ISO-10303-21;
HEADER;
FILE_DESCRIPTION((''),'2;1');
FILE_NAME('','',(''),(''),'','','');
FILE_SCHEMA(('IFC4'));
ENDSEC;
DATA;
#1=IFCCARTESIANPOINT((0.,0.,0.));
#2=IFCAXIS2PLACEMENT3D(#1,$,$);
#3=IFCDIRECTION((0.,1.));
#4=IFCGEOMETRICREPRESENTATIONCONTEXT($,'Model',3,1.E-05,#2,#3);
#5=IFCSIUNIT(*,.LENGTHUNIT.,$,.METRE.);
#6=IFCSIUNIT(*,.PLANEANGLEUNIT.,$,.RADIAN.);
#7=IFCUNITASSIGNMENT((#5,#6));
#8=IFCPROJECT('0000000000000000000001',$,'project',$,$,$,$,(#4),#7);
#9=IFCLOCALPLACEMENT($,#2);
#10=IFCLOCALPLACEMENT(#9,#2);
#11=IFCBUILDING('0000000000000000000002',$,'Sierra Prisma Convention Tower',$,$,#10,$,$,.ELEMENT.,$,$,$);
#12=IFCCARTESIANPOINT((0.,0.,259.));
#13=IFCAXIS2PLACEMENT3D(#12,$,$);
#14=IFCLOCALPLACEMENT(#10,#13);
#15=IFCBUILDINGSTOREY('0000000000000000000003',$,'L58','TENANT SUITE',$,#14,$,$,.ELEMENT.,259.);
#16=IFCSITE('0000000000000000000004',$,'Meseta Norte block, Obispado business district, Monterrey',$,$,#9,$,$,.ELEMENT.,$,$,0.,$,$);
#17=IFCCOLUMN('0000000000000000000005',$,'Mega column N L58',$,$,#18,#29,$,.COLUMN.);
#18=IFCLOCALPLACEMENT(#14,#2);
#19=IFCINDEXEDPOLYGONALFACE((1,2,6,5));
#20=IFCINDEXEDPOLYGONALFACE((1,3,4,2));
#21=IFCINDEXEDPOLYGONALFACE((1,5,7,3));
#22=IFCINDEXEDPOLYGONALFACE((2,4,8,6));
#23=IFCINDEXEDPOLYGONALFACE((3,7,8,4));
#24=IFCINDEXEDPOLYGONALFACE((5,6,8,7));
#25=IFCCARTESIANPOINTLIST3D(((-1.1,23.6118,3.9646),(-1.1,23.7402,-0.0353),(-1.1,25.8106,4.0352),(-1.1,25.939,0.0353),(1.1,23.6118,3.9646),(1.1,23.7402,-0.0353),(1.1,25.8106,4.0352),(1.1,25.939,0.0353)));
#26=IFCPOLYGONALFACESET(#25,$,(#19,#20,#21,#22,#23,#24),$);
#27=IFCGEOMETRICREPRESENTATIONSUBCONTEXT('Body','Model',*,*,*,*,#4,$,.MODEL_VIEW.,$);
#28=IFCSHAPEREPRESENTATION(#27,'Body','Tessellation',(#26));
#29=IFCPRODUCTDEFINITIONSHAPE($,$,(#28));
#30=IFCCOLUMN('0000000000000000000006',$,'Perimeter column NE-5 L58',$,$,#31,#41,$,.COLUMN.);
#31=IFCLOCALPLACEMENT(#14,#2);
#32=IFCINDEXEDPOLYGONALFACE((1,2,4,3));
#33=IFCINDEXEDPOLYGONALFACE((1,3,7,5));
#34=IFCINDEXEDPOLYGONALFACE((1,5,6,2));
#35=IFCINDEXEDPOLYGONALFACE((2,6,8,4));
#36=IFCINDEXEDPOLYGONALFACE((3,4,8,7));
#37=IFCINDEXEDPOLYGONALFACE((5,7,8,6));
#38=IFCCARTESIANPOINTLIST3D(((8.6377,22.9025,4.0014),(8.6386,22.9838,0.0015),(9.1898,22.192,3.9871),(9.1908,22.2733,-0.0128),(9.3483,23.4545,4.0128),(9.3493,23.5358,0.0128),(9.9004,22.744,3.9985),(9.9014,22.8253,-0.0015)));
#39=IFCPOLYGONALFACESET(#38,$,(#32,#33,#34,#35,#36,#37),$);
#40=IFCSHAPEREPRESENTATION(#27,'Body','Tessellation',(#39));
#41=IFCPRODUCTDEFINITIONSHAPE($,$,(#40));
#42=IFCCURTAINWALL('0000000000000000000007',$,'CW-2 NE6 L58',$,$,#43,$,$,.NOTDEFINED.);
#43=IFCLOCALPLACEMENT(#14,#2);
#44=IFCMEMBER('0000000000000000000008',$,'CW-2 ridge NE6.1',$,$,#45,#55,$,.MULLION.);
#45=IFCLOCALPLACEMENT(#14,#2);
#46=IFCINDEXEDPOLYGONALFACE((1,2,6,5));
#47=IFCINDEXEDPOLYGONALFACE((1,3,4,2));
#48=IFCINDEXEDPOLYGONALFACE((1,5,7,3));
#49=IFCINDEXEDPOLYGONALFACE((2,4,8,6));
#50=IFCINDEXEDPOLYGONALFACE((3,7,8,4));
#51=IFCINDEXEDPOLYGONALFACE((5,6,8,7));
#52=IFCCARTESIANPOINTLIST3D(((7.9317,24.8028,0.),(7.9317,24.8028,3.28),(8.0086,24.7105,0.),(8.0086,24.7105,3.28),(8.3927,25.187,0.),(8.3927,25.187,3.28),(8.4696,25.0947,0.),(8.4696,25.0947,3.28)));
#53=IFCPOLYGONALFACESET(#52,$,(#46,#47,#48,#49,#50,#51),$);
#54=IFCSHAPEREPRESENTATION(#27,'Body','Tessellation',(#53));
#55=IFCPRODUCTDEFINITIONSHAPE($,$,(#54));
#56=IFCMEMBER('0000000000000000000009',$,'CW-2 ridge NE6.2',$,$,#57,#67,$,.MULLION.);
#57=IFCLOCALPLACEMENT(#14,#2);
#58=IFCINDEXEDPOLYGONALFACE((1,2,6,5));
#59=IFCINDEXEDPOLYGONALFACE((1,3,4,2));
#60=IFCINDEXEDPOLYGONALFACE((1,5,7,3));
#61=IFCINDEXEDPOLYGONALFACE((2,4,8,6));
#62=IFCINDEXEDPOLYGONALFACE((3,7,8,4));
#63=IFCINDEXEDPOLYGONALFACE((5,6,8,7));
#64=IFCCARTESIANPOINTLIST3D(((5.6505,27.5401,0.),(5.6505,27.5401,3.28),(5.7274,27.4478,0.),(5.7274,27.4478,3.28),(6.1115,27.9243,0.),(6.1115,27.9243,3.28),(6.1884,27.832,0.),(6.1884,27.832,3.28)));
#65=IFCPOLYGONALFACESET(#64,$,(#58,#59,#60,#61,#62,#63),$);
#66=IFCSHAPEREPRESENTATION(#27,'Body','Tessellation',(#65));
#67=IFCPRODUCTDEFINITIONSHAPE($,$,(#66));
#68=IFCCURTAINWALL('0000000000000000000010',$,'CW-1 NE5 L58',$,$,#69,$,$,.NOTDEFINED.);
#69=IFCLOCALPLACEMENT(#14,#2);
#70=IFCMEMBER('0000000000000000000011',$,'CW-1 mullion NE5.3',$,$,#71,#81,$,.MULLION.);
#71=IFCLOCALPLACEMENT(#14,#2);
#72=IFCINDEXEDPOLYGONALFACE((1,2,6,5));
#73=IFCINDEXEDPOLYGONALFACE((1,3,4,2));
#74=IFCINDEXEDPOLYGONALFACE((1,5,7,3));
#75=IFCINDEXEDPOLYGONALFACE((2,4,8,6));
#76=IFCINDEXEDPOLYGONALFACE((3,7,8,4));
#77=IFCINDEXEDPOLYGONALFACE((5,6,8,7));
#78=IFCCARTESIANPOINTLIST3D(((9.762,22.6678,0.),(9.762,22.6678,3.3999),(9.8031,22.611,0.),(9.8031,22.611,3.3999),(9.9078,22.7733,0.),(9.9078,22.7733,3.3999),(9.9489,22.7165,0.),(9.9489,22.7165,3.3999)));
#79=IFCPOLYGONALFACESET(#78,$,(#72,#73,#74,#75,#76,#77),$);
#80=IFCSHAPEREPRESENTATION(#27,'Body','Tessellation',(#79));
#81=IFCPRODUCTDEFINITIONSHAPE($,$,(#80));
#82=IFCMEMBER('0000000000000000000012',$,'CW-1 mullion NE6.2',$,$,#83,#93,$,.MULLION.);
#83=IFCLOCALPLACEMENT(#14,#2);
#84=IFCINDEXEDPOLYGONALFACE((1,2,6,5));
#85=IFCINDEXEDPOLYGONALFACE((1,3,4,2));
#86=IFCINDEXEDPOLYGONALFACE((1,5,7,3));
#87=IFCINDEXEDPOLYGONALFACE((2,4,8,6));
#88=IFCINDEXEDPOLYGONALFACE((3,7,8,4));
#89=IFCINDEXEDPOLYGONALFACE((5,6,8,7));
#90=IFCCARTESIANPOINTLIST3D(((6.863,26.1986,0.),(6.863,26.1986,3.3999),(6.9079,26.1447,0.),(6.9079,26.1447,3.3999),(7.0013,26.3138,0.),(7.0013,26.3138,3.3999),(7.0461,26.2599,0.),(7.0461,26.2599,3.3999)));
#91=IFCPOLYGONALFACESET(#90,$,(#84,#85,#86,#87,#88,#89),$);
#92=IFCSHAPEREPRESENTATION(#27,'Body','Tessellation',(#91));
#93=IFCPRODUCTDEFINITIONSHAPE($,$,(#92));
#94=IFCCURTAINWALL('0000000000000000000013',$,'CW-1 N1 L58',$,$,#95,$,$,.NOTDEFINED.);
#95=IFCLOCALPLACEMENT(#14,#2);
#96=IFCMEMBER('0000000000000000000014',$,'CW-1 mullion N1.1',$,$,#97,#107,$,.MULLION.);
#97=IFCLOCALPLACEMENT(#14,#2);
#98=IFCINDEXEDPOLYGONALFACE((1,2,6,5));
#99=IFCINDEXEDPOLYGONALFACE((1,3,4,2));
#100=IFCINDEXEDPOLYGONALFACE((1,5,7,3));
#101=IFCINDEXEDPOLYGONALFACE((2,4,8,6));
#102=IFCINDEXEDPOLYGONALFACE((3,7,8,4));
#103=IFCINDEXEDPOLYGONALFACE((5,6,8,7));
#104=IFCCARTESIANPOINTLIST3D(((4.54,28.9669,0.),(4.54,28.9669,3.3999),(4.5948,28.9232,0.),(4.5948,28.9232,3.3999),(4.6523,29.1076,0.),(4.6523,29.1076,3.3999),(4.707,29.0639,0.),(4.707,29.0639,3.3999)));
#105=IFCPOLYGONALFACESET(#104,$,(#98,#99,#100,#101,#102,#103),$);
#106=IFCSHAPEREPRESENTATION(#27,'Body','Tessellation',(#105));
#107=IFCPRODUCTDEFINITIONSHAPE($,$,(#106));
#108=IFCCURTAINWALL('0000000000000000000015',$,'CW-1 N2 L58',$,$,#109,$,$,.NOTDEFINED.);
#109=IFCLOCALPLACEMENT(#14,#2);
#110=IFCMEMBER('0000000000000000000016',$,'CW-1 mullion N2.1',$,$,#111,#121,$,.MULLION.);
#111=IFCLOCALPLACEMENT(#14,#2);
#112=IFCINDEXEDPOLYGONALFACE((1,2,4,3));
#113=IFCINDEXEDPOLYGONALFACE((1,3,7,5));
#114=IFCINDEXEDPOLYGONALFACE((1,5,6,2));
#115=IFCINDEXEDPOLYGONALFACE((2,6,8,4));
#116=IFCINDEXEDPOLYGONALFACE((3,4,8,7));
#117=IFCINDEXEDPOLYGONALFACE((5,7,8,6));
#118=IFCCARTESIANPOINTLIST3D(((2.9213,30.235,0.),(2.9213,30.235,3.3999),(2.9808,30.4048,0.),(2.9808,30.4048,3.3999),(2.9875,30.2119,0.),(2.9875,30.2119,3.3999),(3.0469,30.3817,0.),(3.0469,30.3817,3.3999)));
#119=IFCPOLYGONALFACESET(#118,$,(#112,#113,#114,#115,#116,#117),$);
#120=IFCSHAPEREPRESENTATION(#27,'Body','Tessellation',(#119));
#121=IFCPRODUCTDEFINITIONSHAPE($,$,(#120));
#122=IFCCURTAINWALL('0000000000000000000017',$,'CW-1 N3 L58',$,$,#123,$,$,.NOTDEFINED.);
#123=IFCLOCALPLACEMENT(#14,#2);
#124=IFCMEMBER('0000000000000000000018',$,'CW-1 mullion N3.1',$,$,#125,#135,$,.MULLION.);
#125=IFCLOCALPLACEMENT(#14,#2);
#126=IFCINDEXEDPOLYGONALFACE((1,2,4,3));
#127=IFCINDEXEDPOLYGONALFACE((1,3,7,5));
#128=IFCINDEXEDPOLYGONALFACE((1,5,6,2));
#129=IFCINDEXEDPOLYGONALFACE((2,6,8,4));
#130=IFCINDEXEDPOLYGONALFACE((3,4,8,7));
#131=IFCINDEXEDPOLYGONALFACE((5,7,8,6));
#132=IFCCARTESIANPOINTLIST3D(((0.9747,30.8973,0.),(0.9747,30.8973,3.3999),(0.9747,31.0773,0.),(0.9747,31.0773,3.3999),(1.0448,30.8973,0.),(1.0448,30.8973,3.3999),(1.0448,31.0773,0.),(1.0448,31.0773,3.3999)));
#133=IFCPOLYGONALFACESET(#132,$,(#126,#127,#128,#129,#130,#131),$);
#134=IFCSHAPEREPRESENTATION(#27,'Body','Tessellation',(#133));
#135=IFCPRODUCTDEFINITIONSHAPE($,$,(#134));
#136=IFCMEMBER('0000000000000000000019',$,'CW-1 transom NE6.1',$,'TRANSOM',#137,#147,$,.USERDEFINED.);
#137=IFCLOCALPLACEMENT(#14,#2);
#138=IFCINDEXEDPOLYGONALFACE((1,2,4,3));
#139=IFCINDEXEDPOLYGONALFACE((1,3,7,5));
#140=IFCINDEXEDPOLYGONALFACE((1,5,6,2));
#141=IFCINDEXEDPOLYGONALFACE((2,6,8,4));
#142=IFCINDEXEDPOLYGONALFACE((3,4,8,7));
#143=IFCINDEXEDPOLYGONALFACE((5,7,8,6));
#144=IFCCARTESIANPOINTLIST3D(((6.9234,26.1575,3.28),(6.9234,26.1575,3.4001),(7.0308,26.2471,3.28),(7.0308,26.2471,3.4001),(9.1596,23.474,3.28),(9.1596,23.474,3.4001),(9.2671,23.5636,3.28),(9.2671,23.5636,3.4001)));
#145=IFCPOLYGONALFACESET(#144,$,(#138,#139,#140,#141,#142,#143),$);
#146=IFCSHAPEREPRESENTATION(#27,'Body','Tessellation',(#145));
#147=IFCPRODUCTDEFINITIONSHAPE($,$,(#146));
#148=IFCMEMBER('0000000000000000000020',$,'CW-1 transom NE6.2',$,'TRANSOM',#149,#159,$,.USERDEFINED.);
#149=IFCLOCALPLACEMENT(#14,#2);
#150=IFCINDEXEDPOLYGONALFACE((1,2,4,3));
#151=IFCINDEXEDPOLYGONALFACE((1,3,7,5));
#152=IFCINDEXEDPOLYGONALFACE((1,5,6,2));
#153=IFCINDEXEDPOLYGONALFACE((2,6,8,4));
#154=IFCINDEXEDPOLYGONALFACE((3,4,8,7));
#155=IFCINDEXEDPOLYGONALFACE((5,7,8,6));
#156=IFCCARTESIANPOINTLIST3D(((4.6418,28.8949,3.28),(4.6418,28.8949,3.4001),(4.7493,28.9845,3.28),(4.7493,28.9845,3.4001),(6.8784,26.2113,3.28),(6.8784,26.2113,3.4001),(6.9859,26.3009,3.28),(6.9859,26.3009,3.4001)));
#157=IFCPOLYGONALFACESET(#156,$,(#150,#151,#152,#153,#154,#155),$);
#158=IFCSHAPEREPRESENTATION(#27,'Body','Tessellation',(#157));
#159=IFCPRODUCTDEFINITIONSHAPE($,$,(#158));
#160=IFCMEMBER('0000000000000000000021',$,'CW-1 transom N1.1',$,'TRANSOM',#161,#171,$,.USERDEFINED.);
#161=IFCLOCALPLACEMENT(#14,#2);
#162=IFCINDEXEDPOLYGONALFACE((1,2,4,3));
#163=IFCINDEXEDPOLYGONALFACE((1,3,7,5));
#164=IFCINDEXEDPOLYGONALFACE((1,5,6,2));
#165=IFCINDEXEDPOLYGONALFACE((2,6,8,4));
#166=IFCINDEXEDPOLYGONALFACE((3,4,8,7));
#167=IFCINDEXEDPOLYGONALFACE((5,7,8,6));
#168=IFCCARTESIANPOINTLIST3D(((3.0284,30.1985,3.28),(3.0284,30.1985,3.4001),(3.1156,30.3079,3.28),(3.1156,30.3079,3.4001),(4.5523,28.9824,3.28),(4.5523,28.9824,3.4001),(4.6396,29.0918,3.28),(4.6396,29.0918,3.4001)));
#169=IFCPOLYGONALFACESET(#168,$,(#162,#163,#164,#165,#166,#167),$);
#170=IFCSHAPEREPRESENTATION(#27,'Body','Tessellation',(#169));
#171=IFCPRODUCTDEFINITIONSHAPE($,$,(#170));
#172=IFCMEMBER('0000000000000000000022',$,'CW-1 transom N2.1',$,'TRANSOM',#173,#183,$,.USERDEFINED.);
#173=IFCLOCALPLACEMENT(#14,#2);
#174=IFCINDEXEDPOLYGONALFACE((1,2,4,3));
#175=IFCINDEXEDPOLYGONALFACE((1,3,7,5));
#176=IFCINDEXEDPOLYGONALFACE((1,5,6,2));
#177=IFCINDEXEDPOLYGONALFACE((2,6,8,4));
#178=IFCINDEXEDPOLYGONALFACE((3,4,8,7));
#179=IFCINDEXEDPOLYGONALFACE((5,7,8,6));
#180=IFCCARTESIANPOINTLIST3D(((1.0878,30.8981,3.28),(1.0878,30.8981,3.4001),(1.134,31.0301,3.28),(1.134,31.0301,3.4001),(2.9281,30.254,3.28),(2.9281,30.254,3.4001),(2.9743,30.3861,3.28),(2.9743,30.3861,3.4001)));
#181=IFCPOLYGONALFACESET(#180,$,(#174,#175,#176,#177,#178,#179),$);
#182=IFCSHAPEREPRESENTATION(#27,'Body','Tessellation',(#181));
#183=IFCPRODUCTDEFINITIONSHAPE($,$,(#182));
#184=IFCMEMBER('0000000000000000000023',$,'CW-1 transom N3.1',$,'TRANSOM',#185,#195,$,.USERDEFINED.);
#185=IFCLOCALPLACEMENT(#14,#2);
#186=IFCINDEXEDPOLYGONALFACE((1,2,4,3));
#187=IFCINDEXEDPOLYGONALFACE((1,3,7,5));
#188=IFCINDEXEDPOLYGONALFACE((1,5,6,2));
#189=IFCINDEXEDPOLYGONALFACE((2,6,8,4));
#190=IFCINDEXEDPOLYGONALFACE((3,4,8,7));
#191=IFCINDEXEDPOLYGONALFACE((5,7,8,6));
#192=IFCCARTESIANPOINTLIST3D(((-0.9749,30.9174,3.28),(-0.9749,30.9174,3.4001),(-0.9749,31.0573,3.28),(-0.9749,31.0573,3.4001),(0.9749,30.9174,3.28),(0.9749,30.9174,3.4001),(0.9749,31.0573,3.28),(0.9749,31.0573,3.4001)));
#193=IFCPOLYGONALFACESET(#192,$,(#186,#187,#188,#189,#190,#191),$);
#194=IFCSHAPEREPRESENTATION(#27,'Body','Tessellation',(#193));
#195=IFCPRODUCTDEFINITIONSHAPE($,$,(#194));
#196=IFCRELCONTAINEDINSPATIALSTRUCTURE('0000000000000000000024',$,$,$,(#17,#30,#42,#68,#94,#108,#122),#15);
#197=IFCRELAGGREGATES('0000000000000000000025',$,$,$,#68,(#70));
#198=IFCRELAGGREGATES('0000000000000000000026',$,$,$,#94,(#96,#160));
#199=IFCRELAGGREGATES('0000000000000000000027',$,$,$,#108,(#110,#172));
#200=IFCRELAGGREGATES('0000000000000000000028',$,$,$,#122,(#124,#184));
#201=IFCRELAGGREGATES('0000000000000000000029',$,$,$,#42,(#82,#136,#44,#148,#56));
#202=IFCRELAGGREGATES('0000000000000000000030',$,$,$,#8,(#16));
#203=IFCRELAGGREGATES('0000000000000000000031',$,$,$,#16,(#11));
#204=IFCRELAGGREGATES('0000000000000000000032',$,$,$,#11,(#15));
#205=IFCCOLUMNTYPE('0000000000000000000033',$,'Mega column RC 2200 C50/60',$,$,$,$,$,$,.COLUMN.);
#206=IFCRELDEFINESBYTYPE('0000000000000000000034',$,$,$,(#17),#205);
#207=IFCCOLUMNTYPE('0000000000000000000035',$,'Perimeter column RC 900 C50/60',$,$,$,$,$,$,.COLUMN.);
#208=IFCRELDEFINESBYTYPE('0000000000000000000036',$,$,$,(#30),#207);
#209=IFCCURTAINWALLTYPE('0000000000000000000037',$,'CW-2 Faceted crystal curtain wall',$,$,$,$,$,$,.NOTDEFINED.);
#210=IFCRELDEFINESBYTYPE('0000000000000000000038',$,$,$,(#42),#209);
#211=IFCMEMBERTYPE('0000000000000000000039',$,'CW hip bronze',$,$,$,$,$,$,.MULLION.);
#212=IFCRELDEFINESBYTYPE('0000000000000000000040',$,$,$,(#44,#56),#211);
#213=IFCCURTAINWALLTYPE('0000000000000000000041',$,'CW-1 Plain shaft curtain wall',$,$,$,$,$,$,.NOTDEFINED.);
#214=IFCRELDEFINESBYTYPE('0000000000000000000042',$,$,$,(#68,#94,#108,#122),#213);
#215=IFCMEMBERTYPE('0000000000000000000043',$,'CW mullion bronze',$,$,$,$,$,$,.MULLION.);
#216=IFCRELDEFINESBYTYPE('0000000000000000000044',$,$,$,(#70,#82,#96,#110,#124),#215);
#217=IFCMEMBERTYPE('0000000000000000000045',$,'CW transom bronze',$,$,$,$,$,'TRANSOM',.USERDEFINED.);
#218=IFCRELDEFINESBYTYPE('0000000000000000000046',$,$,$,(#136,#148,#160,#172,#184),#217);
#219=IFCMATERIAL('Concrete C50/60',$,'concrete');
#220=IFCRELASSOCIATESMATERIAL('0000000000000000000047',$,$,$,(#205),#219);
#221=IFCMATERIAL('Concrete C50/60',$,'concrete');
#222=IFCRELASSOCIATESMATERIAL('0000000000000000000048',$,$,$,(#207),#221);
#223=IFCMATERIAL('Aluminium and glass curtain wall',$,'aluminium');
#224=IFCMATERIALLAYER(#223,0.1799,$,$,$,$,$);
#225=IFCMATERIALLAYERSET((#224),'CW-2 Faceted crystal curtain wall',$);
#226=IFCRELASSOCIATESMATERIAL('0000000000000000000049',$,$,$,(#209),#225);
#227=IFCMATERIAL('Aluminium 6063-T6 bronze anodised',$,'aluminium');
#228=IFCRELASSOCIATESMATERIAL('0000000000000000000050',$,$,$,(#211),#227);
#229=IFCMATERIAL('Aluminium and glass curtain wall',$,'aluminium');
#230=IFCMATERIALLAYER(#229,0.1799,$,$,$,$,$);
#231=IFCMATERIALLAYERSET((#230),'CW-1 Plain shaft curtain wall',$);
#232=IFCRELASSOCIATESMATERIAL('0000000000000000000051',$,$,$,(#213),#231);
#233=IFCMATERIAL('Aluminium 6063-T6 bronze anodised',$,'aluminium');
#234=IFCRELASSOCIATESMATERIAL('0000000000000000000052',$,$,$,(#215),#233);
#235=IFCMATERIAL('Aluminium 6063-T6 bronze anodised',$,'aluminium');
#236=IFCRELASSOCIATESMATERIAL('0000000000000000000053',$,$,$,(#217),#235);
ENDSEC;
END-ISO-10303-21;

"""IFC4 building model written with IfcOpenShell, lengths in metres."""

from ifc_helpers import new_model, si_unit, direction, frame, origin, origin_2d, place, context, subcontext, project, spatial, rectangle, extrude, material, layer, layer_set, material_profile, profile_set, type_object, element, aggregate, save


model = new_model("IFC4")

# Units and contexts
model_context = context("Model", 3, precision=1e-05, world=origin(), true_north=direction((0.0, 1.0)))
body_context = subcontext(model_context, "Body", "Model", "MODEL_VIEW")
ifc_project = project(units=[si_unit("LENGTHUNIT", "METRE"), si_unit("PLANEANGLEUNIT", "RADIAN")], contexts=[model_context])

# Site, building, storey
site_placement = place(None, origin())
site = spatial("IfcSite", under=ifc_project, at=site_placement, Name="Meseta Norte block, Obispado business district, Monterrey", CompositionType="ELEMENT", RefElevation=0.0)
building_placement = place(site_placement, origin())
building = spatial("IfcBuilding", under=site, at=building_placement, Name="Sierra Prisma Convention Tower", CompositionType="ELEMENT")
storey_placement = place(building_placement, frame((0.0, 0.0, 259.0)))
storey = spatial("IfcBuildingStorey", under=building, at=storey_placement, Name="L58", Description="TENANT SUITE", CompositionType="ELEMENT", Elevation=259.0)

# Columns
ifc_material_1 = material(Name="Concrete C50/60", Category="concrete")
ifc_material_profile_1 = material_profile(ifc_material_1, rectangle(XDim=2.2, YDim=2.2, at=origin_2d()), Name="Mega column RC 2200 C50/60")
ifc_profile_set_1 = profile_set([ifc_material_profile_1], Name="Concrete C50/60")
column_type_1 = type_object("IfcColumnType", Name="Mega column RC 2200 C50/60", PredefinedType="COLUMN", material=ifc_profile_set_1)
column_1_placement = place(storey_placement, frame((0.0, 24.8396, 0.0), z_axis=(0.0, -0.032088, 0.999485), x_axis=(1.0, 0.0, 0.0)))
element("IfcColumn", 1, at=column_1_placement, inside=storey, type_object=column_type_1, Name="Mega column N L58", PredefinedType="COLUMN", context=body_context, shape_type="SweptSolid", body=[
    extrude(rectangle(XDim=2.2, YDim=2.2, at=origin_2d()), origin(), (0.0, 0.0, 1.0), 4.002),
])
ifc_material_2 = material(Name="Concrete C50/60", Category="concrete")
ifc_material_profile_2 = material_profile(ifc_material_2, rectangle(XDim=0.8999, YDim=0.8999, at=origin_2d()), Name="Perimeter column RC 900 C50/60")
ifc_profile_set_2 = profile_set([ifc_material_profile_2], Name="Concrete C50/60")
column_type_2 = type_object("IfcColumnType", Name="Perimeter column RC 900 C50/60", PredefinedType="COLUMN", material=ifc_profile_set_2)
column_2_placement = place(storey_placement, frame((9.27, 22.9045, 0.0), z_axis=(-0.000244, -0.020321, 0.999793), x_axis=(-0.613548, 0.789497, 0.015897)))
element("IfcColumn", 2, at=column_2_placement, inside=storey, type_object=column_type_2, Name="Perimeter column NE-5 L58", PredefinedType="COLUMN", context=body_context, shape_type="SweptSolid", body=[
    extrude(rectangle(XDim=0.8999, YDim=0.8999, at=origin_2d()), origin(), (0.0, 0.0, 1.0), 4.0007),
])

# Curtain wall, members
ifc_material_3 = material(Name="Aluminium and glass curtain wall", Category="aluminium")
ifc_layer_1 = layer(ifc_material_3, 0.1799)
ifc_layer_set_1 = layer_set([ifc_layer_1], Name="CW-2 Faceted crystal curtain wall")
curtain_wall_type_1 = type_object("IfcCurtainWallType", Name="CW-2 Faceted crystal curtain wall", PredefinedType="NOTDEFINED", material=ifc_layer_set_1)
curtain_wall_1_placement = place(storey_placement, origin())
curtain_wall_1 = element("IfcCurtainWall", 3, at=curtain_wall_1_placement, inside=storey, type_object=curtain_wall_type_1, Name="CW-2 NE6 L58", PredefinedType="NOTDEFINED")
ifc_material_4 = material(Name="Aluminium 6063-T6 bronze anodised", Category="aluminium")
ifc_material_profile_3 = material_profile(ifc_material_4, rectangle(XDim=0.1201, YDim=0.6001, at=origin_2d()), Name="ALU RIDGE BLADE 120x600")
ifc_profile_set_3 = profile_set([ifc_material_profile_3], Name="Aluminium 6063-T6 bronze anodised")
member_type_1 = type_object("IfcMemberType", Name="CW hip bronze", PredefinedType="MULLION", material=ifc_profile_set_3)
member_1_placement = place(storey_placement, frame((8.2007, 24.9487, 0.0), z_axis=(0.0, 0.0, 1.0), x_axis=(-0.640218, 0.768193, 0.0)))
member_1 = element("IfcMember", 4, at=member_1_placement, type_object=member_type_1, Name="CW-2 ridge NE6.1", PredefinedType="MULLION", context=body_context, shape_type="SweptSolid", body=[
    extrude(rectangle(XDim=0.1201, YDim=0.6001, at=origin_2d()), origin(), (0.0, 0.0, 1.0), 3.28),
])
member_2_placement = place(storey_placement, frame((5.9194, 27.686, 0.0), z_axis=(0.0, 0.0, 1.0), x_axis=(-0.640218, 0.768193, 0.0)))
member_2 = element("IfcMember", 5, at=member_2_placement, type_object=member_type_1, Name="CW-2 ridge NE6.2", PredefinedType="MULLION", context=body_context, shape_type="SweptSolid", body=[
    extrude(rectangle(XDim=0.1201, YDim=0.6001, at=origin_2d()), origin(), (0.0, 0.0, 1.0), 3.28),
])

# Curtain wall, member
ifc_material_5 = material(Name="Aluminium and glass curtain wall", Category="aluminium")
ifc_layer_2 = layer(ifc_material_5, 0.1799)
ifc_layer_set_2 = layer_set([ifc_layer_2], Name="CW-1 Plain shaft curtain wall")
curtain_wall_type_2 = type_object("IfcCurtainWallType", Name="CW-1 Plain shaft curtain wall", PredefinedType="NOTDEFINED", material=ifc_layer_set_2)
curtain_wall_2_placement = place(storey_placement, origin())
curtain_wall_2 = element("IfcCurtainWall", 6, at=curtain_wall_2_placement, inside=storey, type_object=curtain_wall_type_2, Name="CW-1 NE5 L58", PredefinedType="NOTDEFINED")
ifc_material_6 = material(Name="Aluminium 6063-T6 bronze anodised", Category="aluminium")
ifc_material_profile_4 = material_profile(ifc_material_6, rectangle(XDim=0.1799, YDim=0.0701, at=origin_2d()), Name="ALU MULLION 70x180")
ifc_profile_set_4 = profile_set([ifc_material_profile_4], Name="Aluminium 6063-T6 bronze anodised")
member_type_2 = type_object("IfcMemberType", Name="CW mullion bronze", PredefinedType="MULLION", material=ifc_profile_set_4)
member_3_placement = place(storey_placement, frame((9.8555, 22.6921, 0.0), z_axis=(0.0, 0.0, 1.0), x_axis=(-0.810197, -0.586158, 0.0)))
member_3 = element("IfcMember", 7, at=member_3_placement, type_object=member_type_2, Name="CW-1 mullion NE5.3", PredefinedType="MULLION", context=body_context, shape_type="SweptSolid", body=[
    extrude(rectangle(XDim=0.1799, YDim=0.0701, at=origin_2d()), origin(), (0.0, 0.0, 1.0), 3.3999),
])
aggregate(curtain_wall_2, [member_3])

# Member
member_4_placement = place(storey_placement, frame((6.9546, 26.2292, 0.0), z_axis=(0.0, 0.0, 1.0), x_axis=(-0.768193, -0.640218, 0.0)))
member_4 = element("IfcMember", 8, at=member_4_placement, type_object=member_type_2, Name="CW-1 mullion NE6.2", PredefinedType="MULLION", context=body_context, shape_type="SweptSolid", body=[
    extrude(rectangle(XDim=0.1799, YDim=0.0701, at=origin_2d()), origin(), (0.0, 0.0, 1.0), 3.3999),
])

# Curtain walls, members
curtain_wall_3_placement = place(storey_placement, origin())
curtain_wall_3 = element("IfcCurtainWall", 9, at=curtain_wall_3_placement, inside=storey, type_object=curtain_wall_type_2, Name="CW-1 N1 L58", PredefinedType="NOTDEFINED")
member_5_placement = place(storey_placement, frame((4.6235, 29.0154, 0.0), z_axis=(0.0, 0.0, 1.0), x_axis=(-0.623665, -0.781692, 0.0)))
member_5 = element("IfcMember", 10, at=member_5_placement, type_object=member_type_2, Name="CW-1 mullion N1.1", PredefinedType="MULLION", context=body_context, shape_type="SweptSolid", body=[
    extrude(rectangle(XDim=0.1799, YDim=0.0701, at=origin_2d()), origin(), (0.0, 0.0, 1.0), 3.3999),
])
curtain_wall_4_placement = place(storey_placement, origin())
curtain_wall_4 = element("IfcCurtainWall", 11, at=curtain_wall_4_placement, inside=storey, type_object=curtain_wall_type_2, Name="CW-1 N2 L58", PredefinedType="NOTDEFINED")
member_6_placement = place(storey_placement, frame((2.9841, 30.3083, 0.0), z_axis=(0.0, 0.0, 1.0), x_axis=(-0.330385, -0.943846, 0.0)))
member_6 = element("IfcMember", 12, at=member_6_placement, type_object=member_type_2, Name="CW-1 mullion N2.1", PredefinedType="MULLION", context=body_context, shape_type="SweptSolid", body=[
    extrude(rectangle(XDim=0.1799, YDim=0.0701, at=origin_2d()), origin(), (0.0, 0.0, 1.0), 3.3999),
])
curtain_wall_5_placement = place(storey_placement, origin())
curtain_wall_5 = element("IfcCurtainWall", 13, at=curtain_wall_5_placement, inside=storey, type_object=curtain_wall_type_2, Name="CW-1 N3 L58", PredefinedType="NOTDEFINED")
member_7_placement = place(storey_placement, frame((1.0098, 30.9873, 0.0), z_axis=(0.0, 0.0, 1.0), x_axis=(0.0, -1.0, 0.0)))
member_7 = element("IfcMember", 14, at=member_7_placement, type_object=member_type_2, Name="CW-1 mullion N3.1", PredefinedType="MULLION", context=body_context, shape_type="SweptSolid", body=[
    extrude(rectangle(XDim=0.1799, YDim=0.0701, at=origin_2d()), origin(), (0.0, 0.0, 1.0), 3.3999),
])

# Members
ifc_material_7 = material(Name="Aluminium 6063-T6 bronze anodised", Category="aluminium")
ifc_material_profile_5 = material_profile(ifc_material_7, rectangle(XDim=0.1399, YDim=0.1201, at=origin_2d()), Name="ALU TRANSOM 120x140")
ifc_profile_set_5 = profile_set([ifc_material_profile_5], Name="Aluminium 6063-T6 bronze anodised")
member_type_3 = type_object("IfcMemberType", Name="CW transom bronze", ElementType="TRANSOM", PredefinedType="USERDEFINED", material=ifc_profile_set_5)
member_8_placement = place(storey_placement, frame((9.2134, 23.5188, 3.3401), z_axis=(-0.640184, 0.768221, 0.0), x_axis=(-0.768221, -0.640184, 0.0)))
member_8 = element("IfcMember", 15, at=member_8_placement, type_object=member_type_3, Name="CW-1 transom NE6.1", ObjectType="TRANSOM", PredefinedType="USERDEFINED", context=body_context, shape_type="SweptSolid", body=[
    extrude(rectangle(XDim=0.1399, YDim=0.1201, at=origin_2d()), origin(), (0.0, 0.0, 1.0), 3.4932),
])
member_9_placement = place(storey_placement, frame((6.9321, 26.2561, 3.3401), z_axis=(-0.640226, 0.768187, 0.0), x_axis=(-0.768187, -0.640226, 0.0)))
member_9 = element("IfcMember", 16, at=member_9_placement, type_object=member_type_3, Name="CW-1 transom NE6.2", ObjectType="TRANSOM", PredefinedType="USERDEFINED", context=body_context, shape_type="SweptSolid", body=[
    extrude(rectangle(XDim=0.1399, YDim=0.1201, at=origin_2d()), origin(), (0.0, 0.0, 1.0), 3.4934),
])
member_10_placement = place(storey_placement, frame((4.5959, 29.0371, 3.3401), z_axis=(-0.781638, 0.623732, 0.0), x_axis=(-0.623732, -0.781638, 0.0)))
member_10 = element("IfcMember", 17, at=member_10_placement, type_object=member_type_3, Name="CW-1 transom N1.1", ObjectType="TRANSOM", PredefinedType="USERDEFINED", context=body_context, shape_type="SweptSolid", body=[
    extrude(rectangle(XDim=0.1399, YDim=0.1201, at=origin_2d()), origin(), (0.0, 0.0, 1.0), 1.9497),
])
member_11_placement = place(storey_placement, frame((2.9512, 30.3201, 3.3401), z_axis=(-0.94387, 0.330317, 0.0), x_axis=(-0.330317, -0.94387, 0.0)))
member_11 = element("IfcMember", 18, at=member_11_placement, type_object=member_type_3, Name="CW-1 transom N2.1", ObjectType="TRANSOM", PredefinedType="USERDEFINED", context=body_context, shape_type="SweptSolid", body=[
    extrude(rectangle(XDim=0.1399, YDim=0.1201, at=origin_2d()), origin(), (0.0, 0.0, 1.0), 1.9497),
])
member_12_placement = place(storey_placement, frame((0.9749, 30.9873, 3.3401), z_axis=(-1.0, 0.0, 0.0), x_axis=(0.0, -1.0, 0.0)))
member_12 = element("IfcMember", 19, at=member_12_placement, type_object=member_type_3, Name="CW-1 transom N3.1", ObjectType="TRANSOM", PredefinedType="USERDEFINED", context=body_context, shape_type="SweptSolid", body=[
    extrude(rectangle(XDim=0.1399, YDim=0.1201, at=origin_2d()), origin(), (0.0, 0.0, 1.0), 1.9497),
])

aggregate(curtain_wall_3, [member_5, member_10])
aggregate(curtain_wall_4, [member_6, member_11])
aggregate(curtain_wall_5, [member_7, member_12])
aggregate(curtain_wall_1, [member_4, member_8, member_1, member_9, member_2])

save(model, "model.ifc")
